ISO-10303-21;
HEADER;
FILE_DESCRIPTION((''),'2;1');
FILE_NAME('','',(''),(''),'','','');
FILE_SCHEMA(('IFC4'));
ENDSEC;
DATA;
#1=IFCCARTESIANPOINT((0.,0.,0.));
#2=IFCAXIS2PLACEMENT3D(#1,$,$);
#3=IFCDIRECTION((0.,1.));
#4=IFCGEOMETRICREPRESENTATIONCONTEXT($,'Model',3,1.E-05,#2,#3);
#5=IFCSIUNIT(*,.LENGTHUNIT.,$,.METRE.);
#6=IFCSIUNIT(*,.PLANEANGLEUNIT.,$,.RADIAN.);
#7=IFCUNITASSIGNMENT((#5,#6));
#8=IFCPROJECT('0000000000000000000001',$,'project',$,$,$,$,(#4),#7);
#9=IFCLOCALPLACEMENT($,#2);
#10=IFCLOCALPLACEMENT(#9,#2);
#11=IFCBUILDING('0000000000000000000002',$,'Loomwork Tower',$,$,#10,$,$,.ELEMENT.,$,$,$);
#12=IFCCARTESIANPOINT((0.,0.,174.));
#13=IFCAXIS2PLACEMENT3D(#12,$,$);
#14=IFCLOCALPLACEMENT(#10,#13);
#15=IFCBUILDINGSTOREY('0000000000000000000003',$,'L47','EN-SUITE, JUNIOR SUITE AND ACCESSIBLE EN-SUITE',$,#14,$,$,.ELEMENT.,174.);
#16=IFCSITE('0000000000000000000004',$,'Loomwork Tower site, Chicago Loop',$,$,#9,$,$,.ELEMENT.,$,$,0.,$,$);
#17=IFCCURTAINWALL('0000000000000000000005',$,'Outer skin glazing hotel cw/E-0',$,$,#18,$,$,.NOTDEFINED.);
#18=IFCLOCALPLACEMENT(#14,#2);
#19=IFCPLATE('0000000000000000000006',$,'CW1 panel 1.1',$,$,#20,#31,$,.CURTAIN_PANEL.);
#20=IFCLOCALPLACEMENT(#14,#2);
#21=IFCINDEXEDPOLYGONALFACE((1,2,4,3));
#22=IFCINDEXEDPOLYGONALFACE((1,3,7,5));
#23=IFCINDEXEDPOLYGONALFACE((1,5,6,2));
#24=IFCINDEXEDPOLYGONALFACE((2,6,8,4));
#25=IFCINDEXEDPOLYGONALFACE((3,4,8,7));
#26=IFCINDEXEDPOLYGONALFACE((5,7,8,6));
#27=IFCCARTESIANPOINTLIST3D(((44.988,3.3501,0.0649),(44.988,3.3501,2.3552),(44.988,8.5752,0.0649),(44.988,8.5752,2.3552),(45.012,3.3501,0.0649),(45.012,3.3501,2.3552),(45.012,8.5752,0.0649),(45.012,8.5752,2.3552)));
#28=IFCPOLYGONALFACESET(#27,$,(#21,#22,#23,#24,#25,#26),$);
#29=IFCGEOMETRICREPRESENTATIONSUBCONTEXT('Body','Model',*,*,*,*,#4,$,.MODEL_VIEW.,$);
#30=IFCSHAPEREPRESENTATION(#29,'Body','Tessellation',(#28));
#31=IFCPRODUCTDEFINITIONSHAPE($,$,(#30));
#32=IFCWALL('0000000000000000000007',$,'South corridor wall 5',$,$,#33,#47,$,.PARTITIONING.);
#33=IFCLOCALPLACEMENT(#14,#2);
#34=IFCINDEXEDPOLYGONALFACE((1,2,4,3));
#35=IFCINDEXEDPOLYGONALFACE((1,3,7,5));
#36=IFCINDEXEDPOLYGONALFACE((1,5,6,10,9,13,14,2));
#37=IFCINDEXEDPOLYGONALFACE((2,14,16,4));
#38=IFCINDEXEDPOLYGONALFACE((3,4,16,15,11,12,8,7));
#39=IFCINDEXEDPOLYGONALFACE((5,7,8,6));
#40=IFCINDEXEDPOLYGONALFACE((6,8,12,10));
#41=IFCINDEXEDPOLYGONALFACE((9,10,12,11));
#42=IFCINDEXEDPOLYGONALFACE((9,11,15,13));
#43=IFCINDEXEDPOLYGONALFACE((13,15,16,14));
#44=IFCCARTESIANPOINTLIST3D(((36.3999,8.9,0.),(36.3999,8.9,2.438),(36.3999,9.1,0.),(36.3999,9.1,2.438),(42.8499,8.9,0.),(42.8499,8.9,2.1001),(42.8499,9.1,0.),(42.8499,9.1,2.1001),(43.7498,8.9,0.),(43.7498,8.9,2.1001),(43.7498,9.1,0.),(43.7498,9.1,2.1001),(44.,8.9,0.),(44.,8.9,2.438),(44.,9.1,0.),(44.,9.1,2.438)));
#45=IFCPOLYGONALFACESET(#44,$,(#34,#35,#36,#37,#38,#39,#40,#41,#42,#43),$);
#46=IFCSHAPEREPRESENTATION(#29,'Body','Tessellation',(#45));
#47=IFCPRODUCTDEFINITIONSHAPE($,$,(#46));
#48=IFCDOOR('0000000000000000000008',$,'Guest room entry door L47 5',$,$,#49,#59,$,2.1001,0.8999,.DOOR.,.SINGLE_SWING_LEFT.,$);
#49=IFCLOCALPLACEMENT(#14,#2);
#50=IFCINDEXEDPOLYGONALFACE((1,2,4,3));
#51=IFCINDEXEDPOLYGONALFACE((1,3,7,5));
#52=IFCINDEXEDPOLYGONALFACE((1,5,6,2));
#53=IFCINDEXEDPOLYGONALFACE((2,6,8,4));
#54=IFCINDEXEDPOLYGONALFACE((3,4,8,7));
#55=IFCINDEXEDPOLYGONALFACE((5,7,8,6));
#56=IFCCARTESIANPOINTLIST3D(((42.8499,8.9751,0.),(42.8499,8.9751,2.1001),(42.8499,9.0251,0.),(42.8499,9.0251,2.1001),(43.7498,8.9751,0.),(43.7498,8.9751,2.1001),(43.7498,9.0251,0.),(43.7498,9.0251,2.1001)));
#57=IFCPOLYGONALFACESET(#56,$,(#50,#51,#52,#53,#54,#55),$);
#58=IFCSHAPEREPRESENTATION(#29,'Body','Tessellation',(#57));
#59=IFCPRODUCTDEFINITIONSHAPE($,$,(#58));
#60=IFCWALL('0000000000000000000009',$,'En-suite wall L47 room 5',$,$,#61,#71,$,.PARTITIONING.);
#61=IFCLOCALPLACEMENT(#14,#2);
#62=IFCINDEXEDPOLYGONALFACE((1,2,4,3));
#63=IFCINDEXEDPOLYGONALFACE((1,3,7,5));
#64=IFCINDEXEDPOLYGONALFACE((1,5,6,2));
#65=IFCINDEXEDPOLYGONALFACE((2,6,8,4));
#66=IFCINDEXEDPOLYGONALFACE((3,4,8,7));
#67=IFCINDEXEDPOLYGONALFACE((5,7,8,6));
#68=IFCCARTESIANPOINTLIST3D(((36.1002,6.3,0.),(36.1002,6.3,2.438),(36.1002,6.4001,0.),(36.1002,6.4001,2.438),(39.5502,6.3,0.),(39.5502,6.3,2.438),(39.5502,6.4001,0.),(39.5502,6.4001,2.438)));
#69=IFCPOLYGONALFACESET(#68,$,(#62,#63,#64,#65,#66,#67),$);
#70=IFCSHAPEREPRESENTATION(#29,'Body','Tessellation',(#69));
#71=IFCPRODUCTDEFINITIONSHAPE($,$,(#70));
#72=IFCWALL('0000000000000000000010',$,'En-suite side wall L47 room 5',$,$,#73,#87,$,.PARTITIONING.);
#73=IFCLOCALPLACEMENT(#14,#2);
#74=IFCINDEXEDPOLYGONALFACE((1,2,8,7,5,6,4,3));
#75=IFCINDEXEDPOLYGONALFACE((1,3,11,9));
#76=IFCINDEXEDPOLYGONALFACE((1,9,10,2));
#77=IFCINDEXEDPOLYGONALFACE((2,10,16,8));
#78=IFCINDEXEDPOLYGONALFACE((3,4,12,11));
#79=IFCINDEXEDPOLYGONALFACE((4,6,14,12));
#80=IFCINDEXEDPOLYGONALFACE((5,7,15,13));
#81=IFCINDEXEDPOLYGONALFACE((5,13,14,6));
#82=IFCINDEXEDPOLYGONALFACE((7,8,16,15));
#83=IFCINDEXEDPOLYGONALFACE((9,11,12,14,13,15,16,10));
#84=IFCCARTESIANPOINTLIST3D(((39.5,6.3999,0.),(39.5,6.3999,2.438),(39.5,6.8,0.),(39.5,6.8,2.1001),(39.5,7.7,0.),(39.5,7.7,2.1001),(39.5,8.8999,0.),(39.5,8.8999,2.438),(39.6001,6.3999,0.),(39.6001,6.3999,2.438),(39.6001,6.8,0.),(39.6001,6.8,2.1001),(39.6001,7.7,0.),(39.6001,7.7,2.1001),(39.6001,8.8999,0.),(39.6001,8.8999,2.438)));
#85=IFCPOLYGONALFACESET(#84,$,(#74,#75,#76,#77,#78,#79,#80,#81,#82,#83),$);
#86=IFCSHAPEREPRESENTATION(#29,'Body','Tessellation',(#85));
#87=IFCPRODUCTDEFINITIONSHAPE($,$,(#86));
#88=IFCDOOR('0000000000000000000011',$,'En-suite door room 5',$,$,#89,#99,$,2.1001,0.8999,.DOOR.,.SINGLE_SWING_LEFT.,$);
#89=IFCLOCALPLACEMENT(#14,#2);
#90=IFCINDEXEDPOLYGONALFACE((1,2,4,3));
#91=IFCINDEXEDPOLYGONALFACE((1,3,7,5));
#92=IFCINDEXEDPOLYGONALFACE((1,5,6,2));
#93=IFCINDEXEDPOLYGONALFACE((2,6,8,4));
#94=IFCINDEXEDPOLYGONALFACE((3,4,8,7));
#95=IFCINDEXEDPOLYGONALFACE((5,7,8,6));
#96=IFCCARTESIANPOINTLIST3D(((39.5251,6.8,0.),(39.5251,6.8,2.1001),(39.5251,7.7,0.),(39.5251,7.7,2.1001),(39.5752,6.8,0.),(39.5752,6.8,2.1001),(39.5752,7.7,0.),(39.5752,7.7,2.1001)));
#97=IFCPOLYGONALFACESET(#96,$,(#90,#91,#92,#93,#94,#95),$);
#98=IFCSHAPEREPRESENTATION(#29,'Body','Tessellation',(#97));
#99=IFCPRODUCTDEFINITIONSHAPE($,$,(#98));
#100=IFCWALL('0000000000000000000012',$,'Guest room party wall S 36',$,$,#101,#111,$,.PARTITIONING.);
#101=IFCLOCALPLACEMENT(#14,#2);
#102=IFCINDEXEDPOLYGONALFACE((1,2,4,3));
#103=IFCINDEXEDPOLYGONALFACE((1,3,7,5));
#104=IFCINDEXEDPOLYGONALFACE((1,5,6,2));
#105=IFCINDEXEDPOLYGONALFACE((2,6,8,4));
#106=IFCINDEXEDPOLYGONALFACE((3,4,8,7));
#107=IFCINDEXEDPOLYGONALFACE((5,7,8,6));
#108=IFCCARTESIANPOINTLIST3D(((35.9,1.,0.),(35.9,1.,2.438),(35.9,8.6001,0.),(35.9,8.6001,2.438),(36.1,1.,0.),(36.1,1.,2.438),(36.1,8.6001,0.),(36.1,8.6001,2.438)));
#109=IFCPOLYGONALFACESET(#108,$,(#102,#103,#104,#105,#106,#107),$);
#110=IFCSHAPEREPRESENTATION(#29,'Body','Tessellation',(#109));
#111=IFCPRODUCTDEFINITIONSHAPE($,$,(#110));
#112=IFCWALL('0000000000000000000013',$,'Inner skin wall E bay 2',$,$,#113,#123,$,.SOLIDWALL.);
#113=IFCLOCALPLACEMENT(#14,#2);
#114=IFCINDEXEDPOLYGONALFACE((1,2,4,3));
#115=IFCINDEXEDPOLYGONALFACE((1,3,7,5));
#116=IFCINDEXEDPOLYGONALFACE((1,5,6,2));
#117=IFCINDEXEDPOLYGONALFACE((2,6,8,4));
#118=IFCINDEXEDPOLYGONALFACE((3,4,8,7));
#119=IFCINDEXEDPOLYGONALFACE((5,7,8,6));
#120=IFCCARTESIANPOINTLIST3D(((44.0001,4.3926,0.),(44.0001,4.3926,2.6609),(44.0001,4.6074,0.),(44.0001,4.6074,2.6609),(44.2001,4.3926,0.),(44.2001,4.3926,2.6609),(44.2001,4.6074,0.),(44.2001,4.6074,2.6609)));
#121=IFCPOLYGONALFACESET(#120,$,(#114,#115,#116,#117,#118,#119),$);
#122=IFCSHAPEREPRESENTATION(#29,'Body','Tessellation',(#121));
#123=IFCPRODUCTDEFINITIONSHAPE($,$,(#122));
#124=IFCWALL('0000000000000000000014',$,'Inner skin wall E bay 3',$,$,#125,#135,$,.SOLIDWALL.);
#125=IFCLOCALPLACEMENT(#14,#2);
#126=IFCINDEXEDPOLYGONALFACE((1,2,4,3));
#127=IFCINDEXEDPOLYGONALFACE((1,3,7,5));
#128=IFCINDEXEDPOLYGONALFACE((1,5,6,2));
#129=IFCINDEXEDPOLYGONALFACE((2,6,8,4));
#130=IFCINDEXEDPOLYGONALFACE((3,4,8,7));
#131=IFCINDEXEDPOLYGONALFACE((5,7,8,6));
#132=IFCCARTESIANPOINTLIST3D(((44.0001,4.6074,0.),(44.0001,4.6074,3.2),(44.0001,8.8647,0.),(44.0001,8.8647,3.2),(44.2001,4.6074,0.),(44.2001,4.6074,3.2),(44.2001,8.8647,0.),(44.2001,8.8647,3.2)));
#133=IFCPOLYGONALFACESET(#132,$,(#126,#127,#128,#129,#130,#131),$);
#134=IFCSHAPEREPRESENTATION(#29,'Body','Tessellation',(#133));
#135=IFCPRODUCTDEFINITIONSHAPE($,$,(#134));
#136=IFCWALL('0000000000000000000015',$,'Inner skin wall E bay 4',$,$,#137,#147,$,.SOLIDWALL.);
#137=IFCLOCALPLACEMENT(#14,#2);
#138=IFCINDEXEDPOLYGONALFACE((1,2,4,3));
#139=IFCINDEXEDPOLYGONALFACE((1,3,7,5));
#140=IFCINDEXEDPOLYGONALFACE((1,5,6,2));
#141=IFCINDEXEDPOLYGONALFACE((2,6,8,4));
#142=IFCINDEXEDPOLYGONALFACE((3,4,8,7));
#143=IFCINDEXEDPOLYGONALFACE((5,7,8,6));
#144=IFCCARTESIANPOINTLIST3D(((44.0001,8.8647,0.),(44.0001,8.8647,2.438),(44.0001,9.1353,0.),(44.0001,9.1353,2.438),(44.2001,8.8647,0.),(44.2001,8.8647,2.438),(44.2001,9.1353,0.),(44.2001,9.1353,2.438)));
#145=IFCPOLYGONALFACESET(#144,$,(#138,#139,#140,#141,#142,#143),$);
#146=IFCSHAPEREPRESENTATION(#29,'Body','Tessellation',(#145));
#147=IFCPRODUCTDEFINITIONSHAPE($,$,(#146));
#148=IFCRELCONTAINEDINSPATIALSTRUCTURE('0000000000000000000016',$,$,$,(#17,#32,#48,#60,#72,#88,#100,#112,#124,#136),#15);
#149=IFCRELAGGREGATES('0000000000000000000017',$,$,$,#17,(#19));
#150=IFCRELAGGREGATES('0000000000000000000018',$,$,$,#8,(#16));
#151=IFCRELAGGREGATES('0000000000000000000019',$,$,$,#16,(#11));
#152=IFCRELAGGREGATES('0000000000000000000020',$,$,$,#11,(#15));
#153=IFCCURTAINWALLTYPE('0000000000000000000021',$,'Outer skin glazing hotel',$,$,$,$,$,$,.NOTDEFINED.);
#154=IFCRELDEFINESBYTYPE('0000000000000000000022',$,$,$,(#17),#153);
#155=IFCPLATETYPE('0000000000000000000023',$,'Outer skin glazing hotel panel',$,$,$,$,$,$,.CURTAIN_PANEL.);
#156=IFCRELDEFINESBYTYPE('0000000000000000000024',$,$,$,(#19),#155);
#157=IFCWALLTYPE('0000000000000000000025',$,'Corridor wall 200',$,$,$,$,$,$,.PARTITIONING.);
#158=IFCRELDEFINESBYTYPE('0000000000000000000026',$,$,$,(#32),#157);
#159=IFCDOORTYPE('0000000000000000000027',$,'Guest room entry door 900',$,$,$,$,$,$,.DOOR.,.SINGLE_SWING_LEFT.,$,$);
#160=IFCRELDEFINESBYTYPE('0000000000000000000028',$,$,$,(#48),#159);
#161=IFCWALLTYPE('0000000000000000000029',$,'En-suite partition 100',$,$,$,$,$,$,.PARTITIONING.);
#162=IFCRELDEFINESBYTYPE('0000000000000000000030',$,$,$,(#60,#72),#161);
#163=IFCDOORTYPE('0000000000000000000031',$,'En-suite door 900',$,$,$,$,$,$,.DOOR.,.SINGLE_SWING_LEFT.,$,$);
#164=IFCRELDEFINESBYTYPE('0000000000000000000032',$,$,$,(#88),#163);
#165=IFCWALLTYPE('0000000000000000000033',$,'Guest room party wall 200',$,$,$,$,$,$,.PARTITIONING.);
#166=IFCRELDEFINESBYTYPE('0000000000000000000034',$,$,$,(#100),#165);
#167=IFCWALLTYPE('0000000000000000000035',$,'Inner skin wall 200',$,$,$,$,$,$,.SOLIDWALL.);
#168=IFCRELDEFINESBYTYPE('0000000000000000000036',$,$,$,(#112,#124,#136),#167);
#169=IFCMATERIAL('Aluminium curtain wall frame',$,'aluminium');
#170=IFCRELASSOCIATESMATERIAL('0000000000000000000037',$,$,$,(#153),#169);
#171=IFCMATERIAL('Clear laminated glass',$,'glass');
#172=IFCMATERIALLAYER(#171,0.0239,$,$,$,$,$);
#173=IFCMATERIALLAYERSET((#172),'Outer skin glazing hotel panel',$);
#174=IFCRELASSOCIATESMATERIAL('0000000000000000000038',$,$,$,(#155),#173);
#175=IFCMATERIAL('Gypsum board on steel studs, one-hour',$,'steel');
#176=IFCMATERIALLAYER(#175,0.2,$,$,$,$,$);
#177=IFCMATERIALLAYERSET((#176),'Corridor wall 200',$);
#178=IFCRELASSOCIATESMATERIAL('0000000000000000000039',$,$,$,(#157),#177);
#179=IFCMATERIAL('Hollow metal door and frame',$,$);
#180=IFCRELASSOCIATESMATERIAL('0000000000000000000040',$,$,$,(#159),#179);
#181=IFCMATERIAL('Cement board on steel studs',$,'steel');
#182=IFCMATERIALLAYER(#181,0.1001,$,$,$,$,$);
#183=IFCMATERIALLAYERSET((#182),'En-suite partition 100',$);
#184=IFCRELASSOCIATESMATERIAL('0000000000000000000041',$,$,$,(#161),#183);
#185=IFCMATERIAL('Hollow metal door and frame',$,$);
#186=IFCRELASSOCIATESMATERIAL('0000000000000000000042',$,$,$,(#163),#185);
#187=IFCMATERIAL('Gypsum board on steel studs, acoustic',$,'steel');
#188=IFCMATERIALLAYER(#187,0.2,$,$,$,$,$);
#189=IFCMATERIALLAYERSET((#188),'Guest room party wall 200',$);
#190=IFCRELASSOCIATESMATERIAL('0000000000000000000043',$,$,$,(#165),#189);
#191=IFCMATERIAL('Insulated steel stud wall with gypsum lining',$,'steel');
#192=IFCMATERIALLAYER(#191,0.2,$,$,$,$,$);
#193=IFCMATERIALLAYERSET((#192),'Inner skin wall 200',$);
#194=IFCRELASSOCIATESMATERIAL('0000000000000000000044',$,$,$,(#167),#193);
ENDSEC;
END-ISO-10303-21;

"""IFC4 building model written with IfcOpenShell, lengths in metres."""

from ifc_helpers import new_model, si_unit, direction, frame, frame_2d, origin, origin_2d, place, context, subcontext, project, spatial, rectangle, extrude, material, layer, layer_set, type_object, element, fill, aggregate, save


model = new_model("IFC4")

# Units and contexts
model_context = context("Model", 3, precision=1e-05, world=origin(), true_north=direction((0.0, 1.0)))
body_context = subcontext(model_context, "Body", "Model", "MODEL_VIEW")
ifc_project = project(units=[si_unit("LENGTHUNIT", "METRE"), si_unit("PLANEANGLEUNIT", "RADIAN")], contexts=[model_context])

# Site, building, storey
site_placement = place(None, origin())
site = spatial("IfcSite", under=ifc_project, at=site_placement, Name="Loomwork Tower site, Chicago Loop", CompositionType="ELEMENT", RefElevation=0.0)
building_placement = place(site_placement, origin())
building = spatial("IfcBuilding", under=site, at=building_placement, Name="Loomwork Tower", CompositionType="ELEMENT")
storey_placement = place(building_placement, frame((0.0, 0.0, 174.0)))
storey = spatial("IfcBuildingStorey", under=building, at=storey_placement, Name="L47", Description="EN-SUITE, JUNIOR SUITE AND ACCESSIBLE EN-SUITE", CompositionType="ELEMENT", Elevation=174.0)

# Curtain wall
ifc_material_1 = material(Name="Aluminium curtain wall frame", Category="aluminium")
curtain_wall_type = type_object("IfcCurtainWallType", Name="Outer skin glazing hotel", PredefinedType="NOTDEFINED", material=ifc_material_1)
curtain_wall_1_placement = place(storey_placement, origin())
curtain_wall_1 = element("IfcCurtainWall", 1, at=curtain_wall_1_placement, inside=storey, type_object=curtain_wall_type, Name="Outer skin glazing hotel cw/E-0", PredefinedType="NOTDEFINED")

# Plate
ifc_material_2 = material(Name="Clear laminated glass", Category="glass")
ifc_layer_1 = layer(ifc_material_2, 0.0239)
ifc_layer_set_1 = layer_set([ifc_layer_1], Name="Outer skin glazing hotel panel")
plate_type = type_object("IfcPlateType", Name="Outer skin glazing hotel panel", PredefinedType="CURTAIN_PANEL", material=ifc_layer_set_1)
plate_placement = place(storey_placement, frame((45.0, 5.9626, 0.0649), z_axis=(0.0, 0.0, 1.0), x_axis=(0.0, 1.0, 0.0)))
plate = element("IfcPlate", 2, at=plate_placement, type_object=plate_type, Name="CW1 panel 1.1", PredefinedType="CURTAIN_PANEL", context=body_context, shape_type="SweptSolid", body=[
    extrude(rectangle(XDim=5.2251, YDim=0.0239, at=origin_2d()), origin(), (0.0, 0.0, 1.0), 2.2903),
])
aggregate(curtain_wall_1, [plate])

# Wall, opening, door
ifc_material_3 = material(Name="Gypsum board on steel studs, one-hour", Category="steel")
ifc_layer_2 = layer(ifc_material_3, 0.2)
ifc_layer_set_2 = layer_set([ifc_layer_2], Name="Corridor wall 200")
wall_type_1 = type_object("IfcWallType", Name="Corridor wall 200", PredefinedType="PARTITIONING", material=ifc_layer_set_2)
wall_1_placement = place(storey_placement, frame((36.3999, 9.0, 0.0), z_axis=(0.0, 0.0, 1.0), x_axis=(1.0, 0.0, 0.0)))
wall_1 = element("IfcWall", 3, at=wall_1_placement, inside=storey, type_object=wall_type_1, Name="South corridor wall 5", PredefinedType="PARTITIONING", context=body_context, shape_type="SweptSolid", body=[
    extrude(rectangle(XDim=7.6001, YDim=0.2, at=frame_2d((3.8, 0.0))), origin(), (0.0, 0.0, 1.0), 2.438),
])
opening_1_placement = place(wall_1_placement, frame((6.45, 0.0, 0.0)))
opening_1 = element("IfcOpeningElement", 4, at=opening_1_placement, cuts=wall_1, PredefinedType="OPENING", context=body_context, shape_type="SweptSolid", body=[
    extrude(rectangle(XDim=0.8999, YDim=2.1001, at=frame_2d((0.45, 1.05))), frame((0.0, 0.1099, 0.0), z_axis=(0.0, -1.0, 0.0), x_axis=(1.0, 0.0, 0.0)), (0.0, 0.0, 1.0), 0.22),
])
ifc_material_4 = material(Name="Hollow metal door and frame")
door_type_1 = type_object("IfcDoorType", Name="Guest room entry door 900", OperationType="SINGLE_SWING_LEFT", PredefinedType="DOOR", material=ifc_material_4)
door_1_placement = place(opening_1_placement, frame((0.8999, 0.0, 0.0), z_axis=(0.0, 0.0, 1.0), x_axis=(-1.0, 0.0, 0.0)))
door_1 = element("IfcDoor", 5, at=door_1_placement, inside=storey, type_object=door_type_1, Name="Guest room entry door L47 5", OperationType="SINGLE_SWING_LEFT", OverallHeight=2.1001, OverallWidth=0.8999, PredefinedType="DOOR", context=body_context, shape_type="SweptSolid", body=[
    extrude(rectangle(XDim=0.8999, YDim=2.1001, at=frame_2d((0.45, 1.05))), frame((0.0, 0.0249, 0.0), z_axis=(0.0, -1.0, 0.0), x_axis=(1.0, 0.0, 0.0)), (0.0, 0.0, 1.0), 0.05),
])
fill(opening_1, door_1)

# Wall
ifc_material_5 = material(Name="Cement board on steel studs", Category="steel")
ifc_layer_3 = layer(ifc_material_5, 0.1001)
ifc_layer_set_3 = layer_set([ifc_layer_3], Name="En-suite partition 100")
wall_type_2 = type_object("IfcWallType", Name="En-suite partition 100", PredefinedType="PARTITIONING", material=ifc_layer_set_3)
wall_2_placement = place(storey_placement, frame((36.1001, 6.3501, 0.0), z_axis=(0.0, 0.0, 1.0), x_axis=(1.0, 0.0, 0.0)))
element("IfcWall", 6, at=wall_2_placement, inside=storey, type_object=wall_type_2, Name="En-suite wall L47 room 5", PredefinedType="PARTITIONING", context=body_context, shape_type="SweptSolid", body=[
    extrude(rectangle(XDim=3.45, YDim=0.1001, at=frame_2d((1.7251, 0.0))), origin(), (0.0, 0.0, 1.0), 2.438),
])

# Wall, opening, door
wall_3_placement = place(storey_placement, frame((39.55, 8.8999, 0.0), z_axis=(0.0, 0.0, 1.0), x_axis=(0.0, -1.0, 0.0)))
wall_3 = element("IfcWall", 7, at=wall_3_placement, inside=storey, type_object=wall_type_2, Name="En-suite side wall L47 room 5", PredefinedType="PARTITIONING", context=body_context, shape_type="SweptSolid", body=[
    extrude(rectangle(XDim=2.5, YDim=0.1001, at=frame_2d((1.25, 0.0))), origin(), (0.0, 0.0, 1.0), 2.438),
])
opening_2_placement = place(wall_3_placement, frame((1.2, 0.0, 0.0)))
opening_2 = element("IfcOpeningElement", 8, at=opening_2_placement, cuts=wall_3, PredefinedType="OPENING", context=body_context, shape_type="SweptSolid", body=[
    extrude(rectangle(XDim=0.8999, YDim=2.1001, at=frame_2d((0.45, 1.05))), frame((0.0, 0.0601, 0.0), z_axis=(0.0, -1.0, 0.0), x_axis=(1.0, 0.0, 0.0)), (0.0, 0.0, 1.0), 0.1201),
])
ifc_material_6 = material(Name="Hollow metal door and frame")
door_type_2 = type_object("IfcDoorType", Name="En-suite door 900", OperationType="SINGLE_SWING_LEFT", PredefinedType="DOOR", material=ifc_material_6)
door_2_placement = place(opening_2_placement, frame((0.8999, 0.0, 0.0), z_axis=(0.0, 0.0, 1.0), x_axis=(-1.0, 0.0, 0.0)))
door_2 = element("IfcDoor", 9, at=door_2_placement, inside=storey, type_object=door_type_2, Name="En-suite door room 5", OperationType="SINGLE_SWING_LEFT", OverallHeight=2.1001, OverallWidth=0.8999, PredefinedType="DOOR", context=body_context, shape_type="SweptSolid", body=[
    extrude(rectangle(XDim=0.8999, YDim=2.1001, at=frame_2d((0.45, 1.05))), frame((0.0, 0.0249, 0.0), z_axis=(0.0, -1.0, 0.0), x_axis=(1.0, 0.0, 0.0)), (0.0, 0.0, 1.0), 0.05),
])
fill(opening_2, door_2)

# Walls
ifc_material_7 = material(Name="Gypsum board on steel studs, acoustic", Category="steel")
ifc_layer_4 = layer(ifc_material_7, 0.2)
ifc_layer_set_4 = layer_set([ifc_layer_4], Name="Guest room party wall 200")
wall_type_3 = type_object("IfcWallType", Name="Guest room party wall 200", PredefinedType="PARTITIONING", material=ifc_layer_set_4)
wall_4_placement = place(storey_placement, frame((36.0, 8.6001, 0.0), z_axis=(0.0, 0.0, 1.0), x_axis=(0.0, -1.0, 0.0)))
element("IfcWall", 10, at=wall_4_placement, inside=storey, type_object=wall_type_3, Name="Guest room party wall S 36", PredefinedType="PARTITIONING", context=body_context, shape_type="SweptSolid", body=[
    extrude(rectangle(XDim=7.6001, YDim=0.2, at=frame_2d((3.8, 0.0))), origin(), (0.0, 0.0, 1.0), 2.438),
])
ifc_material_8 = material(Name="Insulated steel stud wall with gypsum lining", Category="steel")
ifc_layer_5 = layer(ifc_material_8, 0.2)
ifc_layer_set_5 = layer_set([ifc_layer_5], Name="Inner skin wall 200")
wall_type_4 = type_object("IfcWallType", Name="Inner skin wall 200", PredefinedType="SOLIDWALL", material=ifc_layer_set_5)
wall_5_placement = place(storey_placement, frame((44.1001, 4.3926, 0.0), z_axis=(0.0, 0.0, 1.0), x_axis=(0.0, 1.0, 0.0)))
element("IfcWall", 11, at=wall_5_placement, inside=storey, type_object=wall_type_4, Name="Inner skin wall E bay 2", PredefinedType="SOLIDWALL", context=body_context, shape_type="SweptSolid", body=[
    extrude(rectangle(XDim=0.2148, YDim=0.2, at=frame_2d((0.1074, 0.0))), origin(), (0.0, 0.0, 1.0), 2.6609),
])
wall_6_placement = place(storey_placement, frame((44.1001, 4.6074, 0.0), z_axis=(0.0, 0.0, 1.0), x_axis=(0.0, 1.0, 0.0)))
element("IfcWall", 12, at=wall_6_placement, inside=storey, type_object=wall_type_4, Name="Inner skin wall E bay 3", PredefinedType="SOLIDWALL", context=body_context, shape_type="SweptSolid", body=[
    extrude(rectangle(XDim=4.2573, YDim=0.2, at=frame_2d((2.1287, 0.0))), origin(), (0.0, 0.0, 1.0), 3.2),
])
wall_7_placement = place(storey_placement, frame((44.1001, 8.8647, 0.0), z_axis=(0.0, 0.0, 1.0), x_axis=(0.0, 1.0, 0.0)))
element("IfcWall", 13, at=wall_7_placement, inside=storey, type_object=wall_type_4, Name="Inner skin wall E bay 4", PredefinedType="SOLIDWALL", context=body_context, shape_type="SweptSolid", body=[
    extrude(rectangle(XDim=0.2705, YDim=0.2, at=frame_2d((0.1353, 0.0))), origin(), (0.0, 0.0, 1.0), 2.438),
])

save(model, "model.ifc")
